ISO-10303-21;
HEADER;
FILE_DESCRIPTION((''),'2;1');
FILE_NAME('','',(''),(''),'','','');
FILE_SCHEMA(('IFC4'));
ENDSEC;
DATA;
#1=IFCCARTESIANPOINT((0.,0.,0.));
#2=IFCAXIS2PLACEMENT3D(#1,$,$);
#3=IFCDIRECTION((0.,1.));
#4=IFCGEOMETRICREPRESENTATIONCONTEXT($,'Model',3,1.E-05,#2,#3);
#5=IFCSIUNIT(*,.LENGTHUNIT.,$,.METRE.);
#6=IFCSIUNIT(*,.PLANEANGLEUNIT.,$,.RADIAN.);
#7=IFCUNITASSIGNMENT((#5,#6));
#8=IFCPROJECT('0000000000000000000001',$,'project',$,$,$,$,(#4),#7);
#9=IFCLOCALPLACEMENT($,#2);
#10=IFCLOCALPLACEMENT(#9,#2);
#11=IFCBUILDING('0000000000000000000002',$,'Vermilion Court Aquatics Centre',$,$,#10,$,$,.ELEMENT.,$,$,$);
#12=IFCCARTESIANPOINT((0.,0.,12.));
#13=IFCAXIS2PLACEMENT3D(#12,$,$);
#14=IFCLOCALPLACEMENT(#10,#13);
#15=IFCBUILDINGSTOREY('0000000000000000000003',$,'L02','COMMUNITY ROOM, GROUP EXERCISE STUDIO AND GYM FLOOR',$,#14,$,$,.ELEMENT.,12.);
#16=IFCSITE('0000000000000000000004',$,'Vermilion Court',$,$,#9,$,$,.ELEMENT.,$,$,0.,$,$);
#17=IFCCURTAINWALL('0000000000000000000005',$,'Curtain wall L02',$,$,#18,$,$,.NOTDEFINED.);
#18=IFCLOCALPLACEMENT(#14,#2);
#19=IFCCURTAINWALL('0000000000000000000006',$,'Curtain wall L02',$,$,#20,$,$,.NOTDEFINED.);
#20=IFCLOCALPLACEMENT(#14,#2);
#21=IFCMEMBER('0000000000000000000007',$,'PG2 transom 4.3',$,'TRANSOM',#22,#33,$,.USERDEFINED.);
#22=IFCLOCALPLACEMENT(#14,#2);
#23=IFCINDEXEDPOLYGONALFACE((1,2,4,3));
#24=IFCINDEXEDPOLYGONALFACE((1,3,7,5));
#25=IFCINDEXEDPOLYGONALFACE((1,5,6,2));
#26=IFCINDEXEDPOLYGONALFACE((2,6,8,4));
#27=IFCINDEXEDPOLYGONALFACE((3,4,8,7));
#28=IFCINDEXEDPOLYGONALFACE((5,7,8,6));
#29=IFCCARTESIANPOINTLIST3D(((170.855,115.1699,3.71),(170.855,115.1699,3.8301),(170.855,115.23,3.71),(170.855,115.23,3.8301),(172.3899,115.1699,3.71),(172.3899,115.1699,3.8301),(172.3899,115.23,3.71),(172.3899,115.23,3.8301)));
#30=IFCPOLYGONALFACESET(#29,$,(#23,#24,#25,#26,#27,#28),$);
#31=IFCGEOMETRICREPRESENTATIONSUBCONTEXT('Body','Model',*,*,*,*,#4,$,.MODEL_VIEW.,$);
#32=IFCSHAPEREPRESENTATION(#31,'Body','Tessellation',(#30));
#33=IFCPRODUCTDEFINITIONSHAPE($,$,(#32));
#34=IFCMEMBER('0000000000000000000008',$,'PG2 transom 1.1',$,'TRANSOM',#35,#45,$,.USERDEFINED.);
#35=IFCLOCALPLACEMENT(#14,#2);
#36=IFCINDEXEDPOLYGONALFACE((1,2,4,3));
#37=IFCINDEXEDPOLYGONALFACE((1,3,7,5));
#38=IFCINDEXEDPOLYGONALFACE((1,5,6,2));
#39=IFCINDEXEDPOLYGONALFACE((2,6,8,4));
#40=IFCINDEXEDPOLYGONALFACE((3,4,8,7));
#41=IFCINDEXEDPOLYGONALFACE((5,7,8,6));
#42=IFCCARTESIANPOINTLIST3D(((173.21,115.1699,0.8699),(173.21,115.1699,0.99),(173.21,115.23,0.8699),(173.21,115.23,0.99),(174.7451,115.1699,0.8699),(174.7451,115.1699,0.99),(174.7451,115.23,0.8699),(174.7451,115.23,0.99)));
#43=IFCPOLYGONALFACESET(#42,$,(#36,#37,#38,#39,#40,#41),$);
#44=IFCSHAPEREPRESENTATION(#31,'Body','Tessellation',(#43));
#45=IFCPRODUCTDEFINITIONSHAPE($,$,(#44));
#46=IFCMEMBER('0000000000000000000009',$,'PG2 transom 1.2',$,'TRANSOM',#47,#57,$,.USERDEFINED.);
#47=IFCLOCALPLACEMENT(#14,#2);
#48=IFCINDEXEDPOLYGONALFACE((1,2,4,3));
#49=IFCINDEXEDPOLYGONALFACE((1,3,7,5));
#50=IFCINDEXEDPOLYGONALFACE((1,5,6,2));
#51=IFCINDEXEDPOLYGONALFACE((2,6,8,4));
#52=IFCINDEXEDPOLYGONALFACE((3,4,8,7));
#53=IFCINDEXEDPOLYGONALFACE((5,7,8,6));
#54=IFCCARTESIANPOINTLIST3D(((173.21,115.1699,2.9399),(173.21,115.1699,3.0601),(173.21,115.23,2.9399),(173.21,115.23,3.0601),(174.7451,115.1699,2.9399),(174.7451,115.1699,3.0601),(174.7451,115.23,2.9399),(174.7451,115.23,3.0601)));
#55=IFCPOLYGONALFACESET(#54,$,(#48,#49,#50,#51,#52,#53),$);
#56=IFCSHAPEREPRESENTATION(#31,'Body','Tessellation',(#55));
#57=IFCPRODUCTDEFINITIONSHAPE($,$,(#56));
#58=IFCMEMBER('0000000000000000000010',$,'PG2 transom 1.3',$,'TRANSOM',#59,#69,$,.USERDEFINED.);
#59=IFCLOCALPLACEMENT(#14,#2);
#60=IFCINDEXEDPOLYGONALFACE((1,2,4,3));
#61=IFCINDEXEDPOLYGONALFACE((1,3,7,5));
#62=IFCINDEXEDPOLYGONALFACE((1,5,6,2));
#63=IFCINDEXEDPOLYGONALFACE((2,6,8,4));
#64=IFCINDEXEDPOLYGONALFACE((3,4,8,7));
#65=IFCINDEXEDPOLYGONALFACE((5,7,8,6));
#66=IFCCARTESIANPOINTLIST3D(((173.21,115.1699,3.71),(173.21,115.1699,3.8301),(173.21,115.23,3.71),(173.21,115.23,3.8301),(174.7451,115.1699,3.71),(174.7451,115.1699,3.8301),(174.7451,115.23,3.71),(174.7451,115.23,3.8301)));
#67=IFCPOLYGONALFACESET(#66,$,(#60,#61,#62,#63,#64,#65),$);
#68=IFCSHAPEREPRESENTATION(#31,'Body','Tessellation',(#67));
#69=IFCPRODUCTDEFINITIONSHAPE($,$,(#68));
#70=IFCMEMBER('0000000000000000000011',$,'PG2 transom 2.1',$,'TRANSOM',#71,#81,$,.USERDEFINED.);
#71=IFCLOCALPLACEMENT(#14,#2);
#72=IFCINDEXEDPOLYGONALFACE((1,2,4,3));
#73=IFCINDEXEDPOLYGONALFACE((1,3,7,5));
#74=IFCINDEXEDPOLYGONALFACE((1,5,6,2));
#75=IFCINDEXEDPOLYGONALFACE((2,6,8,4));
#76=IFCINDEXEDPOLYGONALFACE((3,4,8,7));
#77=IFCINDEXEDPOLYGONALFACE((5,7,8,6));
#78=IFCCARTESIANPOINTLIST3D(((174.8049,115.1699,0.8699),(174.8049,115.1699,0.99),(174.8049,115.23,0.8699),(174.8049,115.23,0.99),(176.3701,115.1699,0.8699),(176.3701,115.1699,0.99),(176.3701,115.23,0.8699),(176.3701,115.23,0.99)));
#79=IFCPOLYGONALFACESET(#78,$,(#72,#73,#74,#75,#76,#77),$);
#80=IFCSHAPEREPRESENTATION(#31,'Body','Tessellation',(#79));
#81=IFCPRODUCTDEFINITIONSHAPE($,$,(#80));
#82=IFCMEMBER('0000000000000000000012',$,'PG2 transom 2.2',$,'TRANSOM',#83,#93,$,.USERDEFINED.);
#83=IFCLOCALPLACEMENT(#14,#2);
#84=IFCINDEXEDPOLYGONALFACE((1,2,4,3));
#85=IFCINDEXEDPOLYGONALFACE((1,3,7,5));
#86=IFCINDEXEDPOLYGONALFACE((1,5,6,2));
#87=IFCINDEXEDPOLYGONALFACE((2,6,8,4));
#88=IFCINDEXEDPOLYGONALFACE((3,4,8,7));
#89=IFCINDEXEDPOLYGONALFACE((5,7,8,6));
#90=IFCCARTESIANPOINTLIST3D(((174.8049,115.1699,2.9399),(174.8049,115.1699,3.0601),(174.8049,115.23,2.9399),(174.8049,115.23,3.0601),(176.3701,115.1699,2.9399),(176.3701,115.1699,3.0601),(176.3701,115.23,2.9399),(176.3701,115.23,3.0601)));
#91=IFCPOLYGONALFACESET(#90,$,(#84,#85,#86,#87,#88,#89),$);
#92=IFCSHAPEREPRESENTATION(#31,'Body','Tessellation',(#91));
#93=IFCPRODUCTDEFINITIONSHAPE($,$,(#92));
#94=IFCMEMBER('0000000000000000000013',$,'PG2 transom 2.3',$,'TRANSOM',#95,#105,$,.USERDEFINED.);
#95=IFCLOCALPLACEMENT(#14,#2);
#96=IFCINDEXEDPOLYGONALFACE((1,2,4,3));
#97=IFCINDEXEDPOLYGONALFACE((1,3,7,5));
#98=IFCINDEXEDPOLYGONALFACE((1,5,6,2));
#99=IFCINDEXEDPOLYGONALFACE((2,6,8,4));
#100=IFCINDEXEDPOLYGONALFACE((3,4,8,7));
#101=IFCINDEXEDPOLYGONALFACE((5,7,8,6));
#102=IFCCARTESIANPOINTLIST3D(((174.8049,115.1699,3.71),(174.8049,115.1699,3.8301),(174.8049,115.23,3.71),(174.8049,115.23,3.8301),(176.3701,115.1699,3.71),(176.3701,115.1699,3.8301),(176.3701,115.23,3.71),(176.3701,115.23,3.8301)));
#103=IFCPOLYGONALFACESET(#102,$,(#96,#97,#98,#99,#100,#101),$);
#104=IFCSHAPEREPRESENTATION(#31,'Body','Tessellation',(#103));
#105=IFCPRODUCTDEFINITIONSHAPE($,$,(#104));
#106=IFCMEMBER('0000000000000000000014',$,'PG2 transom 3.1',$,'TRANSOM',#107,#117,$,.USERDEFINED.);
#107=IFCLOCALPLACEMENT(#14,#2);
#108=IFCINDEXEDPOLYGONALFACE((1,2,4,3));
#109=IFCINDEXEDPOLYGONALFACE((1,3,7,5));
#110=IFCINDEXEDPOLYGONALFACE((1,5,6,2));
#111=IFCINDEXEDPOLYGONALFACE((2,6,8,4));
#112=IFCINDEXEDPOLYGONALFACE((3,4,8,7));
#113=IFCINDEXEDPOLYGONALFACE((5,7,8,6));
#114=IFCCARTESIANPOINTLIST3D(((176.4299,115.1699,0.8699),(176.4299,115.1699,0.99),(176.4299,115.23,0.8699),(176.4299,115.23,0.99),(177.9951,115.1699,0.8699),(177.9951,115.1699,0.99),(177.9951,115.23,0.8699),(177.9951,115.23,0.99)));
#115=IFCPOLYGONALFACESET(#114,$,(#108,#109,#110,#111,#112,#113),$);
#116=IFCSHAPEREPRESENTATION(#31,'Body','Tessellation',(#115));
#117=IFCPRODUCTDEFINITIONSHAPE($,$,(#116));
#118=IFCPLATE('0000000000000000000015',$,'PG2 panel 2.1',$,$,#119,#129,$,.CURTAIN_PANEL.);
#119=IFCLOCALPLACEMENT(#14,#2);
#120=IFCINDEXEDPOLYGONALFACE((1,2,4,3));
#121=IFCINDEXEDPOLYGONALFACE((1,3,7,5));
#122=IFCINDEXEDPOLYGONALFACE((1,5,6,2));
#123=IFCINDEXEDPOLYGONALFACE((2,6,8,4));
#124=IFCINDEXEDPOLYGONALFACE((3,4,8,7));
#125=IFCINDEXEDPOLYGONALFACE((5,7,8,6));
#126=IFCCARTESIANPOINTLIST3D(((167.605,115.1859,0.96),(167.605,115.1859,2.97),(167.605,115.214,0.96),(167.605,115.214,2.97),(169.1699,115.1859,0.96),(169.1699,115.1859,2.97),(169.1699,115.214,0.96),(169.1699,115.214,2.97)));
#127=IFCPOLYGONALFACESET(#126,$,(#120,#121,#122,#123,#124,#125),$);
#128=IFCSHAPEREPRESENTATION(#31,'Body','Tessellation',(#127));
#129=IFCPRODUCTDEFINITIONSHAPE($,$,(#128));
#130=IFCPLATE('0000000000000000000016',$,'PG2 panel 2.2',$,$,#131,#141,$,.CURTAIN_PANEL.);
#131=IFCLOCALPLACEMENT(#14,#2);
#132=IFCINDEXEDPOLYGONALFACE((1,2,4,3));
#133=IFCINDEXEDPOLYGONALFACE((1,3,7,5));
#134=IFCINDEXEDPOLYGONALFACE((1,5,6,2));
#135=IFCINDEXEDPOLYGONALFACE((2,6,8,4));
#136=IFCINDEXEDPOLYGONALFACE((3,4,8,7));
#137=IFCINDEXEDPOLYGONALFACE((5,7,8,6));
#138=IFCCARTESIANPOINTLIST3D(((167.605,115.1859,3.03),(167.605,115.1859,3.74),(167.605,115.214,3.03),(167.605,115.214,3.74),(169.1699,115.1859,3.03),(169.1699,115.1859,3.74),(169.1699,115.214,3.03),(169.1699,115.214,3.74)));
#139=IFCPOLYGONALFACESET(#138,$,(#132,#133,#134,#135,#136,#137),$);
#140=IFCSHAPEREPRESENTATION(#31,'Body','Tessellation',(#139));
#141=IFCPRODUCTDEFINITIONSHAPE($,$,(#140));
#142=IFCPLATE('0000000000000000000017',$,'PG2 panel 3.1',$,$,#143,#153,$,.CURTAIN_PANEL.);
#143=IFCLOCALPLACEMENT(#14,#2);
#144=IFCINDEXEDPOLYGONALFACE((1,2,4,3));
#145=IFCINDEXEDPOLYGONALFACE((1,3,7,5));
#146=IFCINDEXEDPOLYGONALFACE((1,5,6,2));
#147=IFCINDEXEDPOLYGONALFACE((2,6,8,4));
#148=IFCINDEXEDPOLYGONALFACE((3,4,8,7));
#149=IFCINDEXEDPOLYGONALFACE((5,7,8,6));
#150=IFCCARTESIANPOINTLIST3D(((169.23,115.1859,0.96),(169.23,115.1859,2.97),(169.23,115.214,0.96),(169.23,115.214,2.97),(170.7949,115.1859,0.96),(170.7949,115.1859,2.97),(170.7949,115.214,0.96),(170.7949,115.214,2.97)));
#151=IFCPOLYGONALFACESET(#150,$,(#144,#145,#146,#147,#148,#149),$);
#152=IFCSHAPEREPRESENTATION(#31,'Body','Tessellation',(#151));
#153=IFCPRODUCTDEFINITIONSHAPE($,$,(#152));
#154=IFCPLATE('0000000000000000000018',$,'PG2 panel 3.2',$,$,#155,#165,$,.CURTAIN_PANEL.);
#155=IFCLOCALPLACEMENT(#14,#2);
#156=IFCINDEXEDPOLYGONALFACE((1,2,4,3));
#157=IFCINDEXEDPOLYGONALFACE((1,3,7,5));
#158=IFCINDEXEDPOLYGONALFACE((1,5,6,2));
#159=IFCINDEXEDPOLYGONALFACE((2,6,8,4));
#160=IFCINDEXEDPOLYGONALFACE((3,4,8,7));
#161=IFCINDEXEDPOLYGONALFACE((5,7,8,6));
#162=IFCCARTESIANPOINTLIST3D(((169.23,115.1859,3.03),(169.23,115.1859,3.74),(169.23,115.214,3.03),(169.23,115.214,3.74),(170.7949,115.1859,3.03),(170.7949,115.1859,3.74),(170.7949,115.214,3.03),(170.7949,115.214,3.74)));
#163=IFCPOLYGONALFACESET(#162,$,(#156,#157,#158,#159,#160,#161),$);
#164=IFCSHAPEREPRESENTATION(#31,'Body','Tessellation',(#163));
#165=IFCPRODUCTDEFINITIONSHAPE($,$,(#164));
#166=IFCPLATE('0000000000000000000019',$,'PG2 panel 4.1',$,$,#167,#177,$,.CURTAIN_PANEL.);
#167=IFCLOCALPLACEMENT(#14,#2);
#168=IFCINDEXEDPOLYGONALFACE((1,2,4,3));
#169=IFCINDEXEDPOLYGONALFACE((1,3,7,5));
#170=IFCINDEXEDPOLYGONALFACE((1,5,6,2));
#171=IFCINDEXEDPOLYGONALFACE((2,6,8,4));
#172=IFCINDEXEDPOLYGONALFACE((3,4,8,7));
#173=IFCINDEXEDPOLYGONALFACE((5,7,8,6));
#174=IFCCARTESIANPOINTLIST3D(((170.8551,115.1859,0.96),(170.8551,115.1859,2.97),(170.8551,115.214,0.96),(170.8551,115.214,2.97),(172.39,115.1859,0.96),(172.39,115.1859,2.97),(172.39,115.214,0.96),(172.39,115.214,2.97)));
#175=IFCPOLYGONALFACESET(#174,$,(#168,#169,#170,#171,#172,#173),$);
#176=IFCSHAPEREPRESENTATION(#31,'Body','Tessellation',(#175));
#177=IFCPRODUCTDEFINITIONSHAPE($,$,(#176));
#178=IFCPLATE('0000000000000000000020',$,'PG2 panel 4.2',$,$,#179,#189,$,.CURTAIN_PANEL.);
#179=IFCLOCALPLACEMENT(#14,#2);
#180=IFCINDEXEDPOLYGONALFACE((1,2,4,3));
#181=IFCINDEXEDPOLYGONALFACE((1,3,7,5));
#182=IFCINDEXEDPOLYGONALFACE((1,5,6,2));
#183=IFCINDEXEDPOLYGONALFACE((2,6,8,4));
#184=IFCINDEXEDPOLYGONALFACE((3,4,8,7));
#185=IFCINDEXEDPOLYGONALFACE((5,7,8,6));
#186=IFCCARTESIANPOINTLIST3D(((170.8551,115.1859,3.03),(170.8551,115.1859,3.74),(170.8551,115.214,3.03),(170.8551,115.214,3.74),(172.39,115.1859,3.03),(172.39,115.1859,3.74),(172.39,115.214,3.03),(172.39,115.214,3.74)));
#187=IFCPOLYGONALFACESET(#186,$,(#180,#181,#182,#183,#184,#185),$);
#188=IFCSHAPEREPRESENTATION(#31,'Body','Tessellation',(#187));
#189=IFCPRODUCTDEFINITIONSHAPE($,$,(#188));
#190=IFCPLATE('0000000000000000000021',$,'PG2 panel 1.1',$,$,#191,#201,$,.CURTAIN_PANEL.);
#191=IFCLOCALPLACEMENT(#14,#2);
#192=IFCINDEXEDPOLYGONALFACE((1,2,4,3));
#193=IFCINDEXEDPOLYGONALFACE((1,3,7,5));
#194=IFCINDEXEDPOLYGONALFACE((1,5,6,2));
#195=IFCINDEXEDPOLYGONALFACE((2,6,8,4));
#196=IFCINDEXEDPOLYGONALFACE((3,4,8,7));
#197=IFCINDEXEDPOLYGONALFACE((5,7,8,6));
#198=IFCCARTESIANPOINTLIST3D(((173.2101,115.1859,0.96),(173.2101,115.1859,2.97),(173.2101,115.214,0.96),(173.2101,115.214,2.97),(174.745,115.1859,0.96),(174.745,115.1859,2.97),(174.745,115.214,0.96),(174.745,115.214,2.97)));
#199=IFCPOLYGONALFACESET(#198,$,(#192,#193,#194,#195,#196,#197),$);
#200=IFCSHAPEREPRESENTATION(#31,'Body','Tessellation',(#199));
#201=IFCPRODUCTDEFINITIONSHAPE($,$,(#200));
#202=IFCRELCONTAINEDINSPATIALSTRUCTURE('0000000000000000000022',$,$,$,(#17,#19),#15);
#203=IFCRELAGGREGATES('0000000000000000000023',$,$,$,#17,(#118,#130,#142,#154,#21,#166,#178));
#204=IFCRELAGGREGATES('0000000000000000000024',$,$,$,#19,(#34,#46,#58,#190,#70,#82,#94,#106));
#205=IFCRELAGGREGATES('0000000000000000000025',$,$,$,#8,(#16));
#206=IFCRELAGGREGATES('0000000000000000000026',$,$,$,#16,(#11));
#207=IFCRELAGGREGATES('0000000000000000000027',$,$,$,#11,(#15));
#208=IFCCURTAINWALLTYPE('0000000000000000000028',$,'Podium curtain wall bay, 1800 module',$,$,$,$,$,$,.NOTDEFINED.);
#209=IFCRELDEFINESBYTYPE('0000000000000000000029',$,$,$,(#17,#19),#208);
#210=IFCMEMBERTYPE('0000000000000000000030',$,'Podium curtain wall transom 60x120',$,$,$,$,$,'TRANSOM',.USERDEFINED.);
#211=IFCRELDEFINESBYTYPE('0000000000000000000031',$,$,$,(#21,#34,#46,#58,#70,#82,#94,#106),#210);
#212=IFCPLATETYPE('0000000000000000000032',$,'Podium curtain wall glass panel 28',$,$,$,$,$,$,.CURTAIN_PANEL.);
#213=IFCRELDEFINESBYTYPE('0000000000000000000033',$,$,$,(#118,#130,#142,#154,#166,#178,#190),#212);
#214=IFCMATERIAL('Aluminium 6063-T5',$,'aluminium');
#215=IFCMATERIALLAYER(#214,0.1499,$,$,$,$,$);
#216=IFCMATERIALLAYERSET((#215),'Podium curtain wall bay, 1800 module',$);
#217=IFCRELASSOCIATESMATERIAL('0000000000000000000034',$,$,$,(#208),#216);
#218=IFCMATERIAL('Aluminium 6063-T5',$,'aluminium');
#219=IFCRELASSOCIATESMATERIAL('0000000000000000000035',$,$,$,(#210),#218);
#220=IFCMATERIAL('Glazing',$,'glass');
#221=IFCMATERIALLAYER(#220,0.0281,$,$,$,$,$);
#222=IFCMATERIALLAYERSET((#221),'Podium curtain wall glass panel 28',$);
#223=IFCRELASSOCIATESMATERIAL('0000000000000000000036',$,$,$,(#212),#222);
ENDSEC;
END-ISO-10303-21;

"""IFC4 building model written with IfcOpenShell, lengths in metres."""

from ifc_helpers import new_model, si_unit, direction, frame, origin, origin_2d, place, context, subcontext, project, spatial, rectangle, extrude, material, layer, layer_set, material_profile, profile_set, type_object, element, aggregate, save


model = new_model("IFC4")

# Units and contexts
model_context = context("Model", 3, precision=1e-05, world=origin(), true_north=direction((0.0, 1.0)))
body_context = subcontext(model_context, "Body", "Model", "MODEL_VIEW")
ifc_project = project(units=[si_unit("LENGTHUNIT", "METRE"), si_unit("PLANEANGLEUNIT", "RADIAN")], contexts=[model_context])

# Site, building, storey
site_placement = place(None, origin())
site = spatial("IfcSite", under=ifc_project, at=site_placement, Name="Vermilion Court", CompositionType="ELEMENT", RefElevation=0.0)
building_placement = place(site_placement, origin())
building = spatial("IfcBuilding", under=site, at=building_placement, Name="Vermilion Court Aquatics Centre", CompositionType="ELEMENT")
storey_placement = place(building_placement, frame((0.0, 0.0, 12.0)))
storey = spatial("IfcBuildingStorey", under=building, at=storey_placement, Name="L02", Description="COMMUNITY ROOM, GROUP EXERCISE STUDIO AND GYM FLOOR", CompositionType="ELEMENT", Elevation=12.0)

# Curtain walls
ifc_material_1 = material(Name="Aluminium 6063-T5", Category="aluminium")
ifc_layer_1 = layer(ifc_material_1, 0.1499)
ifc_layer_set_1 = layer_set([ifc_layer_1], Name="Podium curtain wall bay, 1800 module")
curtain_wall_type = type_object("IfcCurtainWallType", Name="Podium curtain wall bay, 1800 module", PredefinedType="NOTDEFINED", material=ifc_layer_set_1)
curtain_wall_1_placement = place(storey_placement, origin())
curtain_wall_1 = element("IfcCurtainWall", 1, at=curtain_wall_1_placement, inside=storey, type_object=curtain_wall_type, Name="Curtain wall L02", PredefinedType="NOTDEFINED")
curtain_wall_2_placement = place(storey_placement, origin())
curtain_wall_2 = element("IfcCurtainWall", 2, at=curtain_wall_2_placement, inside=storey, type_object=curtain_wall_type, Name="Curtain wall L02", PredefinedType="NOTDEFINED")

# Members
ifc_material_2 = material(Name="Aluminium 6063-T5", Category="aluminium")
ifc_material_profile_1 = material_profile(ifc_material_2, rectangle(XDim=0.0601, YDim=0.1201, at=origin_2d()), Name="Transom 60x120")
ifc_profile_set_1 = profile_set([ifc_material_profile_1], Name="Aluminium 6063-T5")
member_type_1 = type_object("IfcMemberType", Name="Podium curtain wall transom 60x120", ElementType="TRANSOM", PredefinedType="USERDEFINED", material=ifc_profile_set_1)
member_1_placement = place(storey_placement, frame((170.855, 115.2, 3.77), z_axis=(1.0, 0.0, 0.0), x_axis=(0.0, 1.0, 0.0)))
member_1 = element("IfcMember", 3, at=member_1_placement, type_object=member_type_1, Name="PG2 transom 4.3", ObjectType="TRANSOM", PredefinedType="USERDEFINED", context=body_context, shape_type="SweptSolid", body=[
    extrude(rectangle(XDim=0.0601, YDim=0.1201, at=origin_2d()), origin(), (0.0, 0.0, 1.0), 1.5349),
])
member_2_placement = place(storey_placement, frame((173.21, 115.2, 0.9299), z_axis=(1.0, 0.0, 0.0), x_axis=(0.0, 1.0, 0.0)))
member_2 = element("IfcMember", 4, at=member_2_placement, type_object=member_type_1, Name="PG2 transom 1.1", ObjectType="TRANSOM", PredefinedType="USERDEFINED", context=body_context, shape_type="SweptSolid", body=[
    extrude(rectangle(XDim=0.0601, YDim=0.1201, at=origin_2d()), origin(), (0.0, 0.0, 1.0), 1.5352),
])
member_3_placement = place(storey_placement, frame((173.21, 115.2, 3.0), z_axis=(1.0, 0.0, 0.0), x_axis=(0.0, 1.0, 0.0)))
member_3 = element("IfcMember", 5, at=member_3_placement, type_object=member_type_1, Name="PG2 transom 1.2", ObjectType="TRANSOM", PredefinedType="USERDEFINED", context=body_context, shape_type="SweptSolid", body=[
    extrude(rectangle(XDim=0.0601, YDim=0.1201, at=origin_2d()), origin(), (0.0, 0.0, 1.0), 1.5352),
])
member_4_placement = place(storey_placement, frame((173.21, 115.2, 3.77), z_axis=(1.0, 0.0, 0.0), x_axis=(0.0, 1.0, 0.0)))
member_4 = element("IfcMember", 6, at=member_4_placement, type_object=member_type_1, Name="PG2 transom 1.3", ObjectType="TRANSOM", PredefinedType="USERDEFINED", context=body_context, shape_type="SweptSolid", body=[
    extrude(rectangle(XDim=0.0601, YDim=0.1201, at=origin_2d()), origin(), (0.0, 0.0, 1.0), 1.5352),
])
member_5_placement = place(storey_placement, frame((174.8049, 115.2, 0.9299), z_axis=(1.0, 0.0, 0.0), x_axis=(0.0, 1.0, 0.0)))
member_5 = element("IfcMember", 7, at=member_5_placement, type_object=member_type_1, Name="PG2 transom 2.1", ObjectType="TRANSOM", PredefinedType="USERDEFINED", context=body_context, shape_type="SweptSolid", body=[
    extrude(rectangle(XDim=0.0601, YDim=0.1201, at=origin_2d()), origin(), (0.0, 0.0, 1.0), 1.5652),
])
member_6_placement = place(storey_placement, frame((174.8049, 115.2, 3.0), z_axis=(1.0, 0.0, 0.0), x_axis=(0.0, 1.0, 0.0)))
member_6 = element("IfcMember", 8, at=member_6_placement, type_object=member_type_1, Name="PG2 transom 2.2", ObjectType="TRANSOM", PredefinedType="USERDEFINED", context=body_context, shape_type="SweptSolid", body=[
    extrude(rectangle(XDim=0.0601, YDim=0.1201, at=origin_2d()), origin(), (0.0, 0.0, 1.0), 1.5652),
])
member_7_placement = place(storey_placement, frame((174.8049, 115.2, 3.77), z_axis=(1.0, 0.0, 0.0), x_axis=(0.0, 1.0, 0.0)))
member_7 = element("IfcMember", 9, at=member_7_placement, type_object=member_type_1, Name="PG2 transom 2.3", ObjectType="TRANSOM", PredefinedType="USERDEFINED", context=body_context, shape_type="SweptSolid", body=[
    extrude(rectangle(XDim=0.0601, YDim=0.1201, at=origin_2d()), origin(), (0.0, 0.0, 1.0), 1.5652),
])
member_8_placement = place(storey_placement, frame((176.4299, 115.2, 0.9299), z_axis=(1.0, 0.0, 0.0), x_axis=(0.0, 1.0, 0.0)))
member_8 = element("IfcMember", 10, at=member_8_placement, type_object=member_type_1, Name="PG2 transom 3.1", ObjectType="TRANSOM", PredefinedType="USERDEFINED", context=body_context, shape_type="SweptSolid", body=[
    extrude(rectangle(XDim=0.0601, YDim=0.1201, at=origin_2d()), origin(), (0.0, 0.0, 1.0), 1.5652),
])

# Plates
ifc_material_3 = material(Name="Glazing", Category="glass")
ifc_layer_2 = layer(ifc_material_3, 0.0281)
ifc_layer_set_2 = layer_set([ifc_layer_2], Name="Podium curtain wall glass panel 28")
plate_type = type_object("IfcPlateType", Name="Podium curtain wall glass panel 28", PredefinedType="CURTAIN_PANEL", material=ifc_layer_set_2)
plate_1_placement = place(storey_placement, frame((168.3875, 115.2, 0.96), z_axis=(0.0, 0.0, 1.0), x_axis=(1.0, 0.0, 0.0)))
plate_1 = element("IfcPlate", 11, at=plate_1_placement, type_object=plate_type, Name="PG2 panel 2.1", PredefinedType="CURTAIN_PANEL", context=body_context, shape_type="SweptSolid", body=[
    extrude(rectangle(XDim=1.5649, YDim=0.0281, at=origin_2d()), origin(), (0.0, 0.0, 1.0), 2.01),
])
plate_2_placement = place(storey_placement, frame((168.3875, 115.2, 3.03), z_axis=(0.0, 0.0, 1.0), x_axis=(1.0, 0.0, 0.0)))
plate_2 = element("IfcPlate", 12, at=plate_2_placement, type_object=plate_type, Name="PG2 panel 2.2", PredefinedType="CURTAIN_PANEL", context=body_context, shape_type="SweptSolid", body=[
    extrude(rectangle(XDim=1.5649, YDim=0.0281, at=origin_2d()), origin(), (0.0, 0.0, 1.0), 0.71),
])
plate_3_placement = place(storey_placement, frame((170.0125, 115.2, 0.96), z_axis=(0.0, 0.0, 1.0), x_axis=(1.0, 0.0, 0.0)))
plate_3 = element("IfcPlate", 13, at=plate_3_placement, type_object=plate_type, Name="PG2 panel 3.1", PredefinedType="CURTAIN_PANEL", context=body_context, shape_type="SweptSolid", body=[
    extrude(rectangle(XDim=1.5649, YDim=0.0281, at=origin_2d()), origin(), (0.0, 0.0, 1.0), 2.01),
])
plate_4_placement = place(storey_placement, frame((170.0125, 115.2, 3.03), z_axis=(0.0, 0.0, 1.0), x_axis=(1.0, 0.0, 0.0)))
plate_4 = element("IfcPlate", 14, at=plate_4_placement, type_object=plate_type, Name="PG2 panel 3.2", PredefinedType="CURTAIN_PANEL", context=body_context, shape_type="SweptSolid", body=[
    extrude(rectangle(XDim=1.5649, YDim=0.0281, at=origin_2d()), origin(), (0.0, 0.0, 1.0), 0.71),
])
plate_5_placement = place(storey_placement, frame((171.6226, 115.2, 0.96), z_axis=(0.0, 0.0, 1.0), x_axis=(1.0, 0.0, 0.0)))
plate_5 = element("IfcPlate", 15, at=plate_5_placement, type_object=plate_type, Name="PG2 panel 4.1", PredefinedType="CURTAIN_PANEL", context=body_context, shape_type="SweptSolid", body=[
    extrude(rectangle(XDim=1.5349, YDim=0.0281, at=origin_2d()), origin(), (0.0, 0.0, 1.0), 2.01),
])
plate_6_placement = place(storey_placement, frame((171.6226, 115.2, 3.03), z_axis=(0.0, 0.0, 1.0), x_axis=(1.0, 0.0, 0.0)))
plate_6 = element("IfcPlate", 16, at=plate_6_placement, type_object=plate_type, Name="PG2 panel 4.2", PredefinedType="CURTAIN_PANEL", context=body_context, shape_type="SweptSolid", body=[
    extrude(rectangle(XDim=1.5349, YDim=0.0281, at=origin_2d()), origin(), (0.0, 0.0, 1.0), 0.71),
])
aggregate(curtain_wall_1, [plate_1, plate_2, plate_3, plate_4, member_1, plate_5, plate_6])
plate_7_placement = place(storey_placement, frame((173.9775, 115.2, 0.96), z_axis=(0.0, 0.0, 1.0), x_axis=(1.0, 0.0, 0.0)))
plate_7 = element("IfcPlate", 17, at=plate_7_placement, type_object=plate_type, Name="PG2 panel 1.1", PredefinedType="CURTAIN_PANEL", context=body_context, shape_type="SweptSolid", body=[
    extrude(rectangle(XDim=1.5349, YDim=0.0281, at=origin_2d()), origin(), (0.0, 0.0, 1.0), 2.01),
])
aggregate(curtain_wall_2, [member_2, member_3, member_4, plate_7, member_5, member_6, member_7, member_8])

save(model, "model.ifc")
